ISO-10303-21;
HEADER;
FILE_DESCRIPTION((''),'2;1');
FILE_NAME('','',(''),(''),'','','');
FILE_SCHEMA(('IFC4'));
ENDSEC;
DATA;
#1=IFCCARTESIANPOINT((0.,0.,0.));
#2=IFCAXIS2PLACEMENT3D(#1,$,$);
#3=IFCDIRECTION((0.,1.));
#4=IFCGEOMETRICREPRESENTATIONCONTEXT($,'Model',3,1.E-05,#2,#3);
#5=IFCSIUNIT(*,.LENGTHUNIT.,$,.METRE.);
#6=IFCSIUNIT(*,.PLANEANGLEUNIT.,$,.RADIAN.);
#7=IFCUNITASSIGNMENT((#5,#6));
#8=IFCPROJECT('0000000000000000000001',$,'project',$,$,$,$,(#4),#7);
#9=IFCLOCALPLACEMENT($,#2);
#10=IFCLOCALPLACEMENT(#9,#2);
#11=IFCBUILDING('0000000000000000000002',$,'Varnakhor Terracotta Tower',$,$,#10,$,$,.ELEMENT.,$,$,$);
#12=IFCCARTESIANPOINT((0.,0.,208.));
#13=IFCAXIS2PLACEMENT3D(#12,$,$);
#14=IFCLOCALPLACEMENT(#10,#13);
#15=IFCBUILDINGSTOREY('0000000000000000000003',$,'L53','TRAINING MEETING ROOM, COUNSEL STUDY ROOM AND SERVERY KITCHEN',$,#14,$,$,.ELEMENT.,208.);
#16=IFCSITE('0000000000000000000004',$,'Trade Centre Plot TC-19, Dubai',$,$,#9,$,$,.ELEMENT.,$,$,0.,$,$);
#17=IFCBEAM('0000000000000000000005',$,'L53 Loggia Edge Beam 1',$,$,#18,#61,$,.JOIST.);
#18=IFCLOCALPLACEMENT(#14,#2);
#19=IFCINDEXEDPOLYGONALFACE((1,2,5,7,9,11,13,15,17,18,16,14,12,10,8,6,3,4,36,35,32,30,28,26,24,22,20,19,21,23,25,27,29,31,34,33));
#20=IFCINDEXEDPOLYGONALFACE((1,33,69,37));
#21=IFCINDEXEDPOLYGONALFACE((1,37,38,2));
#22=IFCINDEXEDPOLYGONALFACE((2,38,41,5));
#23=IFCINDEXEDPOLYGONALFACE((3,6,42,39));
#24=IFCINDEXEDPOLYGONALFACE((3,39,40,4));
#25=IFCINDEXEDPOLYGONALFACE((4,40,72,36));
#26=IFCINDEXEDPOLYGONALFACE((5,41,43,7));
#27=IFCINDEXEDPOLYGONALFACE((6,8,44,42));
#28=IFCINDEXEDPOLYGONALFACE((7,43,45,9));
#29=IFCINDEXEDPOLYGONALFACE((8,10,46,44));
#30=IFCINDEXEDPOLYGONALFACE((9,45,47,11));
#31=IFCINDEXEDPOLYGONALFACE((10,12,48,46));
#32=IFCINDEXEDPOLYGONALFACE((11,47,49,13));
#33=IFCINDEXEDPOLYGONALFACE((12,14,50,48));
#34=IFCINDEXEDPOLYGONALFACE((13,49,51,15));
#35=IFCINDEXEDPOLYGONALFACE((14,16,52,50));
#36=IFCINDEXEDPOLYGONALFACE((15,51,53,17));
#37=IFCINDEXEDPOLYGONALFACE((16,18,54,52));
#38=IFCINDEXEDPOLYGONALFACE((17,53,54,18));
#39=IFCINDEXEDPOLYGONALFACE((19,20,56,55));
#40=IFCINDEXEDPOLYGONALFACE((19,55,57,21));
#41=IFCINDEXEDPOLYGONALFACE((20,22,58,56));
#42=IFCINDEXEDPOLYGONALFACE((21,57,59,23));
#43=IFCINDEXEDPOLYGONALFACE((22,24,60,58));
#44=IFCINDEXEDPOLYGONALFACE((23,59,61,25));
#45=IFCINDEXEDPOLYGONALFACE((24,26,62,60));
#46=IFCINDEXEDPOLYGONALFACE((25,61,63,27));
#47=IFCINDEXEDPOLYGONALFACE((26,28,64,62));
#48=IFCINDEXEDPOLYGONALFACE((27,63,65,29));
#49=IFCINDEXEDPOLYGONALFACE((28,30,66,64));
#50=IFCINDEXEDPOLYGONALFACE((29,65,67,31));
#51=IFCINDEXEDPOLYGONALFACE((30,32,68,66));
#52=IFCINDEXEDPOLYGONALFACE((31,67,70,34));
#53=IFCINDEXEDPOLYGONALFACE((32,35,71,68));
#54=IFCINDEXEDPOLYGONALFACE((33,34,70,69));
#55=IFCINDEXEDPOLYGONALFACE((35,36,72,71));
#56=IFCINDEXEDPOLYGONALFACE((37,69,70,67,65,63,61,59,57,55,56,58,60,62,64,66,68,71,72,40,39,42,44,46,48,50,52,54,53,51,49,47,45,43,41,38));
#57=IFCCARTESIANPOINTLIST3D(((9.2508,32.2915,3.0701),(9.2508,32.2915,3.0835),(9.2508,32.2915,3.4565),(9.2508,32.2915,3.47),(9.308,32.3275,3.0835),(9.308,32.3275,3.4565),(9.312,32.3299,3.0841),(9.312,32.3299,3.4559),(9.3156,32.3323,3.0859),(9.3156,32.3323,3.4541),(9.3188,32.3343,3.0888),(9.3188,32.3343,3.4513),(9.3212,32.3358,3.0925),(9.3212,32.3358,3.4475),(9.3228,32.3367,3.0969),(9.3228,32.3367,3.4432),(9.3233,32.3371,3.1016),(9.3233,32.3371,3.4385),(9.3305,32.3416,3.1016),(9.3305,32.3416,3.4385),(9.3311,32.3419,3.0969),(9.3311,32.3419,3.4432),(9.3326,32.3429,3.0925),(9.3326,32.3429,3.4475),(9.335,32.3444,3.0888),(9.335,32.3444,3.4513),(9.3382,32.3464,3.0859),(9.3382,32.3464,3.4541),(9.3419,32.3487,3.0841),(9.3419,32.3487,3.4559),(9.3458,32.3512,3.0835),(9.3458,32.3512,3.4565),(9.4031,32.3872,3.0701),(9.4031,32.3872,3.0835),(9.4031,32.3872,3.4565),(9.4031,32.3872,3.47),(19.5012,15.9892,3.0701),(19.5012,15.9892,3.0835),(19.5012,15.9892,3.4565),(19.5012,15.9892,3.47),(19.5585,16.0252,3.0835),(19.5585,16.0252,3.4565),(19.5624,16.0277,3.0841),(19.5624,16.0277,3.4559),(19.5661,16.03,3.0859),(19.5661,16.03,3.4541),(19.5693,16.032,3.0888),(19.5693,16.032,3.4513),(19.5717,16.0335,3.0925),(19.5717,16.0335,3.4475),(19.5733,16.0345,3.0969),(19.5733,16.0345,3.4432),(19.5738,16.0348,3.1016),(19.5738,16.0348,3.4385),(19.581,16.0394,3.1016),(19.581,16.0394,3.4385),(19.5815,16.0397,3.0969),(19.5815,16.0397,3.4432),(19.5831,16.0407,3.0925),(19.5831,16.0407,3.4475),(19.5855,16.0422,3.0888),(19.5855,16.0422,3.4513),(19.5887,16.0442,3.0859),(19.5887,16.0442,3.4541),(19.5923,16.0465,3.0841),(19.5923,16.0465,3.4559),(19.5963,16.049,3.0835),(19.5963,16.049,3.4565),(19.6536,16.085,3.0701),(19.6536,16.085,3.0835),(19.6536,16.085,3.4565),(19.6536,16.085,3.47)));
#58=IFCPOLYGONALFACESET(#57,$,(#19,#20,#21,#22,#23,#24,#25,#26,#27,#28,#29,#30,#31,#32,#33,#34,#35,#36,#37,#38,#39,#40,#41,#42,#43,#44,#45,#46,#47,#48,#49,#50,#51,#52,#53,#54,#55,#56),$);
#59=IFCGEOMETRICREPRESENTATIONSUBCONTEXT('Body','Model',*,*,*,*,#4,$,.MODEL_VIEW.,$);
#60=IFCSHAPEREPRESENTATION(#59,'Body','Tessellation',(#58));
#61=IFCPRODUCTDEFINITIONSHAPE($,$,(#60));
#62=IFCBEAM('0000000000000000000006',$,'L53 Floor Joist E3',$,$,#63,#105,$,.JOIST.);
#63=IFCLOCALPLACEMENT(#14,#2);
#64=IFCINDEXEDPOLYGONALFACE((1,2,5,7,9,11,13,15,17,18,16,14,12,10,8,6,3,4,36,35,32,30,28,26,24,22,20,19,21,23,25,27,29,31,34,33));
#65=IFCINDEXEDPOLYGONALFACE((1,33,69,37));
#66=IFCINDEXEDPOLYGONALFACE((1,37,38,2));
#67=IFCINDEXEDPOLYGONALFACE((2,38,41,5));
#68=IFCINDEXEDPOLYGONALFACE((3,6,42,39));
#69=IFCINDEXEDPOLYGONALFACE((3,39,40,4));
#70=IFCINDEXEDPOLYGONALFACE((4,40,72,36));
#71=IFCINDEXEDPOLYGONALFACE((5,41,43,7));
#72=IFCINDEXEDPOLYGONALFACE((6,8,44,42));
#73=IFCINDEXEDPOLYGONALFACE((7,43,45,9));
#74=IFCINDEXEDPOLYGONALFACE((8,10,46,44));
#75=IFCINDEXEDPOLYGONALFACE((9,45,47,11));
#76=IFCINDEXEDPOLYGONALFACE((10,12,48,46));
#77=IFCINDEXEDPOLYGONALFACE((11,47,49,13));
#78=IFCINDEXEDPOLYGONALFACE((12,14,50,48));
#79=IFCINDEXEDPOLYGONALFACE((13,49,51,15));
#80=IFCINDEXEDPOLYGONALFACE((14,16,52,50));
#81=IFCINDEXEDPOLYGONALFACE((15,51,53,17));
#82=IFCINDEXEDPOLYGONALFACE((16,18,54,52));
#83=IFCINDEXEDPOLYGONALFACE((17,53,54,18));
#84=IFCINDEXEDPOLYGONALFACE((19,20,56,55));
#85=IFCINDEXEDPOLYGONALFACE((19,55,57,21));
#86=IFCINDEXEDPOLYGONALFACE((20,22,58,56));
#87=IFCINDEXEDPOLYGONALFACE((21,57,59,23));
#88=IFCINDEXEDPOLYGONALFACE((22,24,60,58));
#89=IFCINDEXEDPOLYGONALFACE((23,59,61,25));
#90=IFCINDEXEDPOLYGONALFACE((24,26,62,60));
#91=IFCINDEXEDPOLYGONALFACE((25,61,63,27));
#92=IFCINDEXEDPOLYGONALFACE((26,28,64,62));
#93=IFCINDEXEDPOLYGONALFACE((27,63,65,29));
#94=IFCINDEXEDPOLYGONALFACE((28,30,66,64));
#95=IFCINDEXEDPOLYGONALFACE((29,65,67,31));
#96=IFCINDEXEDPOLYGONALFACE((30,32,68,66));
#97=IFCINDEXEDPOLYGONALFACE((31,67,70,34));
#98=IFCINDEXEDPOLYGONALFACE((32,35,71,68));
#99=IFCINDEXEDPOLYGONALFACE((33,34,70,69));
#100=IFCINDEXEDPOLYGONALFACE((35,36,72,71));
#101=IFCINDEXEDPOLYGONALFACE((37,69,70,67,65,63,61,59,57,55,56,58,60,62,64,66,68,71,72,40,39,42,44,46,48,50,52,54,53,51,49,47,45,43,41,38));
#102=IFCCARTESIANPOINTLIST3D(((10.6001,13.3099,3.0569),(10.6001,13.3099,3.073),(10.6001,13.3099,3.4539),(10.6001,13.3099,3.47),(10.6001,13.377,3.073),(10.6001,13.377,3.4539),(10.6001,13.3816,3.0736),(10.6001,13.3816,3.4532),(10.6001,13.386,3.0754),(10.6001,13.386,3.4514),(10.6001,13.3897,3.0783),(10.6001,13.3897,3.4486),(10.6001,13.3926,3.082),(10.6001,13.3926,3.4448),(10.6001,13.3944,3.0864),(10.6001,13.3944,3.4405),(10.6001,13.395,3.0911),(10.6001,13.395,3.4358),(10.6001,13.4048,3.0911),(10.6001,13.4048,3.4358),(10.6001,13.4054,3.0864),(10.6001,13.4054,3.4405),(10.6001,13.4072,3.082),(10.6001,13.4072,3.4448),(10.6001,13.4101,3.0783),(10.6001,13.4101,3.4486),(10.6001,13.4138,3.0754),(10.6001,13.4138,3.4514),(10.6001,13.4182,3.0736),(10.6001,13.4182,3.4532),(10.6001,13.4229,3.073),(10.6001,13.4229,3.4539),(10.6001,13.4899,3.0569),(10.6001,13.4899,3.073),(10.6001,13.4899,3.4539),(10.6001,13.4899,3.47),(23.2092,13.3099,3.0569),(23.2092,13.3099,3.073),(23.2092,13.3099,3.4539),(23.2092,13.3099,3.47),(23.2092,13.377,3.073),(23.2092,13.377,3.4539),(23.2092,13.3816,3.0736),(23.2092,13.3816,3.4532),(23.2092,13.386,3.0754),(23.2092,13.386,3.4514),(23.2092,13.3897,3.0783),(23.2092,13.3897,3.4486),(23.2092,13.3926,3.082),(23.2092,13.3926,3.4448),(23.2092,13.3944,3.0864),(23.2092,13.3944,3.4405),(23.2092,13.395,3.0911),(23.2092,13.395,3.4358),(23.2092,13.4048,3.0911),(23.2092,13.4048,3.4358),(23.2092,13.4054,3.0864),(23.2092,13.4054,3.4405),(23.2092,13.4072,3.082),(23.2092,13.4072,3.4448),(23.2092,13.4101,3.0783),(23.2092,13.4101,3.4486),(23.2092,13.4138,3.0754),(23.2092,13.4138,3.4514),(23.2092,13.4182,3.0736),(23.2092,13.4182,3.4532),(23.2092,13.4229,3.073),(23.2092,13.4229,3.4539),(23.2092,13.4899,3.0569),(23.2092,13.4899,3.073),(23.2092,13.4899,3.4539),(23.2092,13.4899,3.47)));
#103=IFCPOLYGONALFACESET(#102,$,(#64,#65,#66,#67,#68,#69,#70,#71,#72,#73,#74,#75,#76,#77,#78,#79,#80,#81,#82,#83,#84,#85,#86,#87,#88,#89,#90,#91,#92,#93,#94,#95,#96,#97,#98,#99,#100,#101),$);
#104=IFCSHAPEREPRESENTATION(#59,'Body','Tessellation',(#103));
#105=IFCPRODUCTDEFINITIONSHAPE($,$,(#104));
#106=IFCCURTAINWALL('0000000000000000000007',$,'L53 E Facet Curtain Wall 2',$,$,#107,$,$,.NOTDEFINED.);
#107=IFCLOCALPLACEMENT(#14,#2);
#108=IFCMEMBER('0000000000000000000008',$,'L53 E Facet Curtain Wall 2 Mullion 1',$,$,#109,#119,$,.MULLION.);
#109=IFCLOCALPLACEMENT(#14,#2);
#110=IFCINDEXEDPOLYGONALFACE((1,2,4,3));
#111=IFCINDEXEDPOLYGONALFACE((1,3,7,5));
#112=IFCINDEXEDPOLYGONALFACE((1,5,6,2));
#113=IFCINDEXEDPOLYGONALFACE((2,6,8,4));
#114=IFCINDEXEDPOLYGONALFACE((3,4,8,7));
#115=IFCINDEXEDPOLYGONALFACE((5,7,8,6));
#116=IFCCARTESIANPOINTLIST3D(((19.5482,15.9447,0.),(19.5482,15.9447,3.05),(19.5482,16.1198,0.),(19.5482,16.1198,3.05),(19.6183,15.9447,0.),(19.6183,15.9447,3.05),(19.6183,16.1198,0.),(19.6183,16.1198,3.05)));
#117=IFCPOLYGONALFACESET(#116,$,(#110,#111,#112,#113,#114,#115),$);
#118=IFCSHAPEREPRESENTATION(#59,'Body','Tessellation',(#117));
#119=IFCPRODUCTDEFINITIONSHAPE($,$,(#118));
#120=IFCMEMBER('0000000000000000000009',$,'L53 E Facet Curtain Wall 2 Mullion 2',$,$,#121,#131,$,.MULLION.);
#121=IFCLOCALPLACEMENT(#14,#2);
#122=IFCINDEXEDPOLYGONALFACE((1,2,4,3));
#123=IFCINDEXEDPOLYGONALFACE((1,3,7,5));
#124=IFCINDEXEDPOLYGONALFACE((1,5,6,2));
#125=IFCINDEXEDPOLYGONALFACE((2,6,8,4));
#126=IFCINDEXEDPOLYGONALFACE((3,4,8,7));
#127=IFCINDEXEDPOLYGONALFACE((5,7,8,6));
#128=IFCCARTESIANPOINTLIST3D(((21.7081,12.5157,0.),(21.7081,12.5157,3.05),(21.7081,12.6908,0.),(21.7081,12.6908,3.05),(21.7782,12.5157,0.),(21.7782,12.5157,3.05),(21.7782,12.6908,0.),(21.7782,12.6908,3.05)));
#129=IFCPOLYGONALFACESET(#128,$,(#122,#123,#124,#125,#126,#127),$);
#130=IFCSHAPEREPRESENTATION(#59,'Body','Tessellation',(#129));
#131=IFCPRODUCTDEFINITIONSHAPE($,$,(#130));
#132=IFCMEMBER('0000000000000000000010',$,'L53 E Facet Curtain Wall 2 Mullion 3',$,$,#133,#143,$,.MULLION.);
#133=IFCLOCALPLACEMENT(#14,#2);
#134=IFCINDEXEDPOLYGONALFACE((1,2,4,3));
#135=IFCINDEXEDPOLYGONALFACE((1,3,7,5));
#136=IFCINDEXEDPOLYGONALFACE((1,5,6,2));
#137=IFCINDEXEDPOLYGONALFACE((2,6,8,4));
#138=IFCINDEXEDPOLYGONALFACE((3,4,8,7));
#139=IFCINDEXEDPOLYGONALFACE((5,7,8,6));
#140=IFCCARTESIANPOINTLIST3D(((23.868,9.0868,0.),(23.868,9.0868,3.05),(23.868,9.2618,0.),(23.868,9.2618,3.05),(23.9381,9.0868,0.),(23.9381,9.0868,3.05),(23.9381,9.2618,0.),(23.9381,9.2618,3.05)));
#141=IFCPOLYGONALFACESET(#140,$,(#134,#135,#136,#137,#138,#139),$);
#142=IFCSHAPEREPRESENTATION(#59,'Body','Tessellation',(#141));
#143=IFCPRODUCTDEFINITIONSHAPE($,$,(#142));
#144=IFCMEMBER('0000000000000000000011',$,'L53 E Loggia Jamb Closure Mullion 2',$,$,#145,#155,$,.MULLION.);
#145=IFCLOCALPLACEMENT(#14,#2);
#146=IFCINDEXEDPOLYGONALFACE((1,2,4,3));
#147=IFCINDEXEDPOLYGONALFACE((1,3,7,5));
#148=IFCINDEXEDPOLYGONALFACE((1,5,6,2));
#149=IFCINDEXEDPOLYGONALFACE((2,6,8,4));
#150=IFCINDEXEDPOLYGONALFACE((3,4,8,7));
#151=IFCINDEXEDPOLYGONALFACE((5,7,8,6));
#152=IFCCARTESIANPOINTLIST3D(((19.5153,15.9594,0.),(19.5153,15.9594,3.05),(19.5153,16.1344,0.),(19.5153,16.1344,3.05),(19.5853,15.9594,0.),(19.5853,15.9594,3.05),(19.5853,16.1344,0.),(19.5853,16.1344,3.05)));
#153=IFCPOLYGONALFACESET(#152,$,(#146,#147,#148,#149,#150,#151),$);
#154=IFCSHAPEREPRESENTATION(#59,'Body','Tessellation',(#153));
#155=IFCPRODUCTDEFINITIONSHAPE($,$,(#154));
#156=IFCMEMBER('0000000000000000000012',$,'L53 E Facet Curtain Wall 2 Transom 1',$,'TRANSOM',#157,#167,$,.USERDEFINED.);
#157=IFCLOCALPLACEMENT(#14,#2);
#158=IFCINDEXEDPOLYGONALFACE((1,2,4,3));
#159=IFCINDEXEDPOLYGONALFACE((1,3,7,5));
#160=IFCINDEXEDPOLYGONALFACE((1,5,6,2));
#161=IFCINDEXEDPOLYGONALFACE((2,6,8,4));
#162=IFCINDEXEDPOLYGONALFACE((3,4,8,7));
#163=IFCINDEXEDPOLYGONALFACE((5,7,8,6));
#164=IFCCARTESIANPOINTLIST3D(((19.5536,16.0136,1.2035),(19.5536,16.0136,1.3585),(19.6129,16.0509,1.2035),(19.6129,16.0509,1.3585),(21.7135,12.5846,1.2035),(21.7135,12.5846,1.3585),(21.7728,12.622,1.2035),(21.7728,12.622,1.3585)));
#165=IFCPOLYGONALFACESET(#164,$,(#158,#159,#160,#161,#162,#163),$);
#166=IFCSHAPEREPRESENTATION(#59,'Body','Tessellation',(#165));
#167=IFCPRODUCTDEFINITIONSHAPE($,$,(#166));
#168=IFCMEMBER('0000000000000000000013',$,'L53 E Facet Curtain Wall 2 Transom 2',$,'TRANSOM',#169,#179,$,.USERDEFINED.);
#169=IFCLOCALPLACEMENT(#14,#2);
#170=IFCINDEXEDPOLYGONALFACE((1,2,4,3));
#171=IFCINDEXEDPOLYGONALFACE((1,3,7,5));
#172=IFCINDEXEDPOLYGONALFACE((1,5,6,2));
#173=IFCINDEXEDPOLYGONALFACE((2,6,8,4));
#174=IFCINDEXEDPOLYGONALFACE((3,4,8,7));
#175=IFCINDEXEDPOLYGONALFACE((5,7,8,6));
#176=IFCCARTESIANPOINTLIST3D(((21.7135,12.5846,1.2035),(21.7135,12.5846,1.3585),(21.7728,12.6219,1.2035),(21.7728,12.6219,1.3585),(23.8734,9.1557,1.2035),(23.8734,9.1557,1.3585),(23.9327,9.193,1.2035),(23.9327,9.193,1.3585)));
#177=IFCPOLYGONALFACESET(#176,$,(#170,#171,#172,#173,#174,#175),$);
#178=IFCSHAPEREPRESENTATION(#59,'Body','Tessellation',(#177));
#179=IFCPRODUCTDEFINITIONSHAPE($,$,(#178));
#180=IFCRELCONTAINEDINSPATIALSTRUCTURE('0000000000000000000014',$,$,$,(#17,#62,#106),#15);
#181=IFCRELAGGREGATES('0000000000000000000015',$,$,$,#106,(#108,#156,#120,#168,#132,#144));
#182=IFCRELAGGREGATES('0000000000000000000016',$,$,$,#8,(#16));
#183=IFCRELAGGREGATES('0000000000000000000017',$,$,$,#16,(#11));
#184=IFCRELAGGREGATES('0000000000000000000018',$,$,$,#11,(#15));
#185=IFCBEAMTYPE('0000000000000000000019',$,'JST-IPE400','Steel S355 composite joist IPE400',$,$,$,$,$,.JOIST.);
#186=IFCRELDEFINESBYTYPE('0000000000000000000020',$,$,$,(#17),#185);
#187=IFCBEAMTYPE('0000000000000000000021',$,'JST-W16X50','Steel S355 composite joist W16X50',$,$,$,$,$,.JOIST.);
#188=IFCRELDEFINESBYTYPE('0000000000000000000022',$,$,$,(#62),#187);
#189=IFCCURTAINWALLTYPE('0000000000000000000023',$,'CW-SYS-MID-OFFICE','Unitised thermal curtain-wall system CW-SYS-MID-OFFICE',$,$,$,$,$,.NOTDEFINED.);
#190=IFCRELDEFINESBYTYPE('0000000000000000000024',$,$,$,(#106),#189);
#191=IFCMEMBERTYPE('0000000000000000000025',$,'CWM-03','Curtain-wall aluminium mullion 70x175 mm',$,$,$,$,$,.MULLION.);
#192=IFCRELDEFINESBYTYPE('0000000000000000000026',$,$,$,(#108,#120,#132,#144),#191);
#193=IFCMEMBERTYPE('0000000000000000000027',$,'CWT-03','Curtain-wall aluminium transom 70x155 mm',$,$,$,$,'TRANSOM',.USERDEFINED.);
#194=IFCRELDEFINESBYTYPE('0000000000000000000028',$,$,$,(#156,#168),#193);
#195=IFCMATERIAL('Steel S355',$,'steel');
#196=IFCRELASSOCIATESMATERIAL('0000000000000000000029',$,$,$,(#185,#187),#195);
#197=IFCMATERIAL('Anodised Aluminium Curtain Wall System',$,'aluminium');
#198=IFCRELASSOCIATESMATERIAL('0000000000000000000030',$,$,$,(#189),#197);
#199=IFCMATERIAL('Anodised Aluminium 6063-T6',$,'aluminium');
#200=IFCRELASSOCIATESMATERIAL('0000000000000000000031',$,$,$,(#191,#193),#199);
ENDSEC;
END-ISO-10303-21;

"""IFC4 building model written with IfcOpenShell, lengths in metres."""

from ifc_helpers import new_model, si_unit, direction, frame, origin, origin_2d, place, context, subcontext, project, spatial, rectangle, i_section, extrude, source, transform, mapped, material, material_profile, profile_set, type_object, element, aggregate, save


model = new_model("IFC4")

# Units and contexts
model_context = context("Model", 3, precision=1e-05, world=origin(), true_north=direction((0.0, 1.0)))
body_context = subcontext(model_context, "Body", "Model", "MODEL_VIEW")
ifc_project = project(units=[si_unit("LENGTHUNIT", "METRE"), si_unit("PLANEANGLEUNIT", "RADIAN")], contexts=[model_context])

# Site, building, storey
site_placement = place(None, origin())
site = spatial("IfcSite", under=ifc_project, at=site_placement, Name="Trade Centre Plot TC-19, Dubai", CompositionType="ELEMENT", RefElevation=0.0)
building_placement = place(site_placement, origin())
building = spatial("IfcBuilding", under=site, at=building_placement, Name="Varnakhor Terracotta Tower", CompositionType="ELEMENT")
storey_placement = place(building_placement, frame((0.0, 0.0, 208.0)))
storey = spatial("IfcBuildingStorey", under=building, at=storey_placement, Name="L53", Description="TRAINING MEETING ROOM, COUNSEL STUDY ROOM AND SERVERY KITCHEN", CompositionType="ELEMENT", Elevation=208.0)

# Beams
ifc_material_1 = material(Name="Steel S355", Category="steel")
ifc_material_profile_1 = material_profile(ifc_material_1, i_section(OverallWidth=0.1799, OverallDepth=0.3999, WebThickness=0.0085, FlangeThickness=0.0134, FilletRadius=0.0181, at=origin_2d()), Name="IPE400")
ifc_profile_set_1 = profile_set([ifc_material_profile_1], Name="Steel S355")
beam_type_1 = type_object("IfcBeamType", Name="JST-IPE400", Description="Steel S355 composite joist IPE400", PredefinedType="JOIST", material=ifc_profile_set_1)
shared_shape_1 = source(origin(), body_context, "Body", "SweptSolid", [
    extrude(i_section(OverallWidth=0.1799, OverallDepth=0.3999, WebThickness=0.0085, FlangeThickness=0.0134, FilletRadius=0.0181, at=origin_2d()), origin(), (0.0, 0.0, 1.0), 19.2571),
])
beam_1_placement = place(storey_placement, frame((19.5774, 16.0371, 3.27), z_axis=(-0.532297, 0.846558, 0.0), x_axis=(-0.846558, -0.532297, 0.0)))
element("IfcBeam", 1, at=beam_1_placement, inside=storey, type_object=beam_type_1, Name="L53 Loggia Edge Beam 1", PredefinedType="JOIST", context=body_context, shape_type="MappedRepresentation", body=[
    mapped(shared_shape_1, transform((0.0, 0.0, 0.0), scale=1.0)),
])
ifc_material_profile_2 = material_profile(ifc_material_1, i_section(OverallWidth=0.1799, OverallDepth=0.4131, WebThickness=0.0098, FlangeThickness=0.0161, FilletRadius=0.0181, at=origin_2d()), Name="W16X50")
ifc_profile_set_2 = profile_set([ifc_material_profile_2], Name="Steel S355")
beam_type_2 = type_object("IfcBeamType", Name="JST-W16X50", Description="Steel S355 composite joist W16X50", PredefinedType="JOIST", material=ifc_profile_set_2)
shared_shape_2 = source(origin(), body_context, "Body", "SweptSolid", [
    extrude(i_section(OverallWidth=0.1799, OverallDepth=0.4131, WebThickness=0.0098, FlangeThickness=0.0161, FilletRadius=0.0181, at=origin_2d()), origin(), (0.0, 0.0, 1.0), 12.6091),
])
beam_2_placement = place(storey_placement, frame((10.6001, 13.3999, 3.2634), z_axis=(1.0, 0.0, 0.0), x_axis=(0.0, 1.0, 0.0)))
element("IfcBeam", 2, at=beam_2_placement, inside=storey, type_object=beam_type_2, Name="L53 Floor Joist E3", PredefinedType="JOIST", context=body_context, shape_type="MappedRepresentation", body=[
    mapped(shared_shape_2, transform((0.0, 0.0, 0.0), scale=1.0)),
])

# Curtain wall, members
ifc_material_2 = material(Name="Anodised Aluminium Curtain Wall System", Category="aluminium")
curtain_wall_type = type_object("IfcCurtainWallType", Name="CW-SYS-MID-OFFICE", Description="Unitised thermal curtain-wall system CW-SYS-MID-OFFICE", PredefinedType="NOTDEFINED", material=ifc_material_2)
curtain_wall_placement = place(storey_placement, origin())
curtain_wall = element("IfcCurtainWall", 3, at=curtain_wall_placement, inside=storey, type_object=curtain_wall_type, Name="L53 E Facet Curtain Wall 2", PredefinedType="NOTDEFINED")
ifc_material_3 = material(Name="Anodised Aluminium 6063-T6", Category="aluminium")
ifc_material_profile_3 = material_profile(ifc_material_3, rectangle(XDim=0.0701, YDim=0.175, at=origin_2d()), Name="ALU MULLION 70x175")
ifc_profile_set_3 = profile_set([ifc_material_profile_3], Name="Anodised Aluminium 6063-T6")
member_type_1 = type_object("IfcMemberType", Name="CWM-03", Description="Curtain-wall aluminium mullion 70x175 mm", PredefinedType="MULLION", material=ifc_profile_set_3)
shared_shape_3 = source(origin(), body_context, "Body", "SweptSolid", [
    extrude(rectangle(XDim=0.0701, YDim=0.175, at=origin_2d()), origin(), (0.0, 0.0, 1.0), 3.05),
])
member_1_placement = place(storey_placement, frame((19.5833, 16.0322, 0.0), z_axis=(0.0, 0.0, 1.0), x_axis=(1.0, 0.0, 0.0)))
member_1 = element("IfcMember", 4, at=member_1_placement, type_object=member_type_1, Name="L53 E Facet Curtain Wall 2 Mullion 1", PredefinedType="MULLION", context=body_context, shape_type="MappedRepresentation", body=[
    mapped(shared_shape_3, transform((0.0, 0.0, 0.0), scale=1.0)),
])
member_2_placement = place(storey_placement, frame((21.7432, 12.6033, 0.0), z_axis=(0.0, 0.0, 1.0), x_axis=(1.0, 0.0, 0.0)))
member_2 = element("IfcMember", 5, at=member_2_placement, type_object=member_type_1, Name="L53 E Facet Curtain Wall 2 Mullion 2", PredefinedType="MULLION", context=body_context, shape_type="MappedRepresentation", body=[
    mapped(shared_shape_3, transform((0.0, 0.0, 0.0), scale=1.0)),
])
member_3_placement = place(storey_placement, frame((23.9031, 9.1743, 0.0), z_axis=(0.0, 0.0, 1.0), x_axis=(1.0, 0.0, 0.0)))
member_3 = element("IfcMember", 6, at=member_3_placement, type_object=member_type_1, Name="L53 E Facet Curtain Wall 2 Mullion 3", PredefinedType="MULLION", context=body_context, shape_type="MappedRepresentation", body=[
    mapped(shared_shape_3, transform((0.0, 0.0, 0.0), scale=1.0)),
])
member_4_placement = place(storey_placement, frame((19.5503, 16.0469, 0.0), z_axis=(0.0, 0.0, 1.0), x_axis=(1.0, 0.0, 0.0)))
member_4 = element("IfcMember", 7, at=member_4_placement, type_object=member_type_1, Name="L53 E Loggia Jamb Closure Mullion 2", PredefinedType="MULLION", context=body_context, shape_type="MappedRepresentation", body=[
    mapped(shared_shape_3, transform((0.0, 0.0, 0.0), scale=1.0)),
])
ifc_material_profile_4 = material_profile(ifc_material_3, rectangle(XDim=0.0701, YDim=0.155, at=origin_2d()), Name="ALU TRANSOM 70x155")
ifc_profile_set_4 = profile_set([ifc_material_profile_4], Name="Anodised Aluminium 6063-T6")
member_type_2 = type_object("IfcMemberType", Name="CWT-03", Description="Curtain-wall aluminium transom 70x155 mm", ElementType="TRANSOM", PredefinedType="USERDEFINED", material=ifc_profile_set_4)
shared_shape_4 = source(origin(), body_context, "Body", "SweptSolid", [
    extrude(rectangle(XDim=0.0701, YDim=0.155, at=origin_2d()), origin(), (0.0, 0.0, 1.0), 4.0525),
])
member_5_placement = place(storey_placement, frame((19.5833, 16.0322, 1.281), z_axis=(0.532979, -0.846128, 0.0), x_axis=(0.846128, 0.532979, 0.0)))
member_5 = element("IfcMember", 8, at=member_5_placement, type_object=member_type_2, Name="L53 E Facet Curtain Wall 2 Transom 1", ObjectType="TRANSOM", PredefinedType="USERDEFINED", context=body_context, shape_type="MappedRepresentation", body=[
    mapped(shared_shape_4, transform((0.0, 0.0, 0.0), scale=1.0)),
])
member_6_placement = place(storey_placement, frame((21.7432, 12.6033, 1.281), z_axis=(0.532979, -0.846128, 0.0), x_axis=(0.846128, 0.532979, 0.0)))
member_6 = element("IfcMember", 9, at=member_6_placement, type_object=member_type_2, Name="L53 E Facet Curtain Wall 2 Transom 2", ObjectType="TRANSOM", PredefinedType="USERDEFINED", context=body_context, shape_type="MappedRepresentation", body=[
    mapped(shared_shape_4, transform((0.0, 0.0, 0.0), scale=1.0)),
])

aggregate(curtain_wall, [member_1, member_5, member_2, member_6, member_3, member_4])

save(model, "model.ifc")
